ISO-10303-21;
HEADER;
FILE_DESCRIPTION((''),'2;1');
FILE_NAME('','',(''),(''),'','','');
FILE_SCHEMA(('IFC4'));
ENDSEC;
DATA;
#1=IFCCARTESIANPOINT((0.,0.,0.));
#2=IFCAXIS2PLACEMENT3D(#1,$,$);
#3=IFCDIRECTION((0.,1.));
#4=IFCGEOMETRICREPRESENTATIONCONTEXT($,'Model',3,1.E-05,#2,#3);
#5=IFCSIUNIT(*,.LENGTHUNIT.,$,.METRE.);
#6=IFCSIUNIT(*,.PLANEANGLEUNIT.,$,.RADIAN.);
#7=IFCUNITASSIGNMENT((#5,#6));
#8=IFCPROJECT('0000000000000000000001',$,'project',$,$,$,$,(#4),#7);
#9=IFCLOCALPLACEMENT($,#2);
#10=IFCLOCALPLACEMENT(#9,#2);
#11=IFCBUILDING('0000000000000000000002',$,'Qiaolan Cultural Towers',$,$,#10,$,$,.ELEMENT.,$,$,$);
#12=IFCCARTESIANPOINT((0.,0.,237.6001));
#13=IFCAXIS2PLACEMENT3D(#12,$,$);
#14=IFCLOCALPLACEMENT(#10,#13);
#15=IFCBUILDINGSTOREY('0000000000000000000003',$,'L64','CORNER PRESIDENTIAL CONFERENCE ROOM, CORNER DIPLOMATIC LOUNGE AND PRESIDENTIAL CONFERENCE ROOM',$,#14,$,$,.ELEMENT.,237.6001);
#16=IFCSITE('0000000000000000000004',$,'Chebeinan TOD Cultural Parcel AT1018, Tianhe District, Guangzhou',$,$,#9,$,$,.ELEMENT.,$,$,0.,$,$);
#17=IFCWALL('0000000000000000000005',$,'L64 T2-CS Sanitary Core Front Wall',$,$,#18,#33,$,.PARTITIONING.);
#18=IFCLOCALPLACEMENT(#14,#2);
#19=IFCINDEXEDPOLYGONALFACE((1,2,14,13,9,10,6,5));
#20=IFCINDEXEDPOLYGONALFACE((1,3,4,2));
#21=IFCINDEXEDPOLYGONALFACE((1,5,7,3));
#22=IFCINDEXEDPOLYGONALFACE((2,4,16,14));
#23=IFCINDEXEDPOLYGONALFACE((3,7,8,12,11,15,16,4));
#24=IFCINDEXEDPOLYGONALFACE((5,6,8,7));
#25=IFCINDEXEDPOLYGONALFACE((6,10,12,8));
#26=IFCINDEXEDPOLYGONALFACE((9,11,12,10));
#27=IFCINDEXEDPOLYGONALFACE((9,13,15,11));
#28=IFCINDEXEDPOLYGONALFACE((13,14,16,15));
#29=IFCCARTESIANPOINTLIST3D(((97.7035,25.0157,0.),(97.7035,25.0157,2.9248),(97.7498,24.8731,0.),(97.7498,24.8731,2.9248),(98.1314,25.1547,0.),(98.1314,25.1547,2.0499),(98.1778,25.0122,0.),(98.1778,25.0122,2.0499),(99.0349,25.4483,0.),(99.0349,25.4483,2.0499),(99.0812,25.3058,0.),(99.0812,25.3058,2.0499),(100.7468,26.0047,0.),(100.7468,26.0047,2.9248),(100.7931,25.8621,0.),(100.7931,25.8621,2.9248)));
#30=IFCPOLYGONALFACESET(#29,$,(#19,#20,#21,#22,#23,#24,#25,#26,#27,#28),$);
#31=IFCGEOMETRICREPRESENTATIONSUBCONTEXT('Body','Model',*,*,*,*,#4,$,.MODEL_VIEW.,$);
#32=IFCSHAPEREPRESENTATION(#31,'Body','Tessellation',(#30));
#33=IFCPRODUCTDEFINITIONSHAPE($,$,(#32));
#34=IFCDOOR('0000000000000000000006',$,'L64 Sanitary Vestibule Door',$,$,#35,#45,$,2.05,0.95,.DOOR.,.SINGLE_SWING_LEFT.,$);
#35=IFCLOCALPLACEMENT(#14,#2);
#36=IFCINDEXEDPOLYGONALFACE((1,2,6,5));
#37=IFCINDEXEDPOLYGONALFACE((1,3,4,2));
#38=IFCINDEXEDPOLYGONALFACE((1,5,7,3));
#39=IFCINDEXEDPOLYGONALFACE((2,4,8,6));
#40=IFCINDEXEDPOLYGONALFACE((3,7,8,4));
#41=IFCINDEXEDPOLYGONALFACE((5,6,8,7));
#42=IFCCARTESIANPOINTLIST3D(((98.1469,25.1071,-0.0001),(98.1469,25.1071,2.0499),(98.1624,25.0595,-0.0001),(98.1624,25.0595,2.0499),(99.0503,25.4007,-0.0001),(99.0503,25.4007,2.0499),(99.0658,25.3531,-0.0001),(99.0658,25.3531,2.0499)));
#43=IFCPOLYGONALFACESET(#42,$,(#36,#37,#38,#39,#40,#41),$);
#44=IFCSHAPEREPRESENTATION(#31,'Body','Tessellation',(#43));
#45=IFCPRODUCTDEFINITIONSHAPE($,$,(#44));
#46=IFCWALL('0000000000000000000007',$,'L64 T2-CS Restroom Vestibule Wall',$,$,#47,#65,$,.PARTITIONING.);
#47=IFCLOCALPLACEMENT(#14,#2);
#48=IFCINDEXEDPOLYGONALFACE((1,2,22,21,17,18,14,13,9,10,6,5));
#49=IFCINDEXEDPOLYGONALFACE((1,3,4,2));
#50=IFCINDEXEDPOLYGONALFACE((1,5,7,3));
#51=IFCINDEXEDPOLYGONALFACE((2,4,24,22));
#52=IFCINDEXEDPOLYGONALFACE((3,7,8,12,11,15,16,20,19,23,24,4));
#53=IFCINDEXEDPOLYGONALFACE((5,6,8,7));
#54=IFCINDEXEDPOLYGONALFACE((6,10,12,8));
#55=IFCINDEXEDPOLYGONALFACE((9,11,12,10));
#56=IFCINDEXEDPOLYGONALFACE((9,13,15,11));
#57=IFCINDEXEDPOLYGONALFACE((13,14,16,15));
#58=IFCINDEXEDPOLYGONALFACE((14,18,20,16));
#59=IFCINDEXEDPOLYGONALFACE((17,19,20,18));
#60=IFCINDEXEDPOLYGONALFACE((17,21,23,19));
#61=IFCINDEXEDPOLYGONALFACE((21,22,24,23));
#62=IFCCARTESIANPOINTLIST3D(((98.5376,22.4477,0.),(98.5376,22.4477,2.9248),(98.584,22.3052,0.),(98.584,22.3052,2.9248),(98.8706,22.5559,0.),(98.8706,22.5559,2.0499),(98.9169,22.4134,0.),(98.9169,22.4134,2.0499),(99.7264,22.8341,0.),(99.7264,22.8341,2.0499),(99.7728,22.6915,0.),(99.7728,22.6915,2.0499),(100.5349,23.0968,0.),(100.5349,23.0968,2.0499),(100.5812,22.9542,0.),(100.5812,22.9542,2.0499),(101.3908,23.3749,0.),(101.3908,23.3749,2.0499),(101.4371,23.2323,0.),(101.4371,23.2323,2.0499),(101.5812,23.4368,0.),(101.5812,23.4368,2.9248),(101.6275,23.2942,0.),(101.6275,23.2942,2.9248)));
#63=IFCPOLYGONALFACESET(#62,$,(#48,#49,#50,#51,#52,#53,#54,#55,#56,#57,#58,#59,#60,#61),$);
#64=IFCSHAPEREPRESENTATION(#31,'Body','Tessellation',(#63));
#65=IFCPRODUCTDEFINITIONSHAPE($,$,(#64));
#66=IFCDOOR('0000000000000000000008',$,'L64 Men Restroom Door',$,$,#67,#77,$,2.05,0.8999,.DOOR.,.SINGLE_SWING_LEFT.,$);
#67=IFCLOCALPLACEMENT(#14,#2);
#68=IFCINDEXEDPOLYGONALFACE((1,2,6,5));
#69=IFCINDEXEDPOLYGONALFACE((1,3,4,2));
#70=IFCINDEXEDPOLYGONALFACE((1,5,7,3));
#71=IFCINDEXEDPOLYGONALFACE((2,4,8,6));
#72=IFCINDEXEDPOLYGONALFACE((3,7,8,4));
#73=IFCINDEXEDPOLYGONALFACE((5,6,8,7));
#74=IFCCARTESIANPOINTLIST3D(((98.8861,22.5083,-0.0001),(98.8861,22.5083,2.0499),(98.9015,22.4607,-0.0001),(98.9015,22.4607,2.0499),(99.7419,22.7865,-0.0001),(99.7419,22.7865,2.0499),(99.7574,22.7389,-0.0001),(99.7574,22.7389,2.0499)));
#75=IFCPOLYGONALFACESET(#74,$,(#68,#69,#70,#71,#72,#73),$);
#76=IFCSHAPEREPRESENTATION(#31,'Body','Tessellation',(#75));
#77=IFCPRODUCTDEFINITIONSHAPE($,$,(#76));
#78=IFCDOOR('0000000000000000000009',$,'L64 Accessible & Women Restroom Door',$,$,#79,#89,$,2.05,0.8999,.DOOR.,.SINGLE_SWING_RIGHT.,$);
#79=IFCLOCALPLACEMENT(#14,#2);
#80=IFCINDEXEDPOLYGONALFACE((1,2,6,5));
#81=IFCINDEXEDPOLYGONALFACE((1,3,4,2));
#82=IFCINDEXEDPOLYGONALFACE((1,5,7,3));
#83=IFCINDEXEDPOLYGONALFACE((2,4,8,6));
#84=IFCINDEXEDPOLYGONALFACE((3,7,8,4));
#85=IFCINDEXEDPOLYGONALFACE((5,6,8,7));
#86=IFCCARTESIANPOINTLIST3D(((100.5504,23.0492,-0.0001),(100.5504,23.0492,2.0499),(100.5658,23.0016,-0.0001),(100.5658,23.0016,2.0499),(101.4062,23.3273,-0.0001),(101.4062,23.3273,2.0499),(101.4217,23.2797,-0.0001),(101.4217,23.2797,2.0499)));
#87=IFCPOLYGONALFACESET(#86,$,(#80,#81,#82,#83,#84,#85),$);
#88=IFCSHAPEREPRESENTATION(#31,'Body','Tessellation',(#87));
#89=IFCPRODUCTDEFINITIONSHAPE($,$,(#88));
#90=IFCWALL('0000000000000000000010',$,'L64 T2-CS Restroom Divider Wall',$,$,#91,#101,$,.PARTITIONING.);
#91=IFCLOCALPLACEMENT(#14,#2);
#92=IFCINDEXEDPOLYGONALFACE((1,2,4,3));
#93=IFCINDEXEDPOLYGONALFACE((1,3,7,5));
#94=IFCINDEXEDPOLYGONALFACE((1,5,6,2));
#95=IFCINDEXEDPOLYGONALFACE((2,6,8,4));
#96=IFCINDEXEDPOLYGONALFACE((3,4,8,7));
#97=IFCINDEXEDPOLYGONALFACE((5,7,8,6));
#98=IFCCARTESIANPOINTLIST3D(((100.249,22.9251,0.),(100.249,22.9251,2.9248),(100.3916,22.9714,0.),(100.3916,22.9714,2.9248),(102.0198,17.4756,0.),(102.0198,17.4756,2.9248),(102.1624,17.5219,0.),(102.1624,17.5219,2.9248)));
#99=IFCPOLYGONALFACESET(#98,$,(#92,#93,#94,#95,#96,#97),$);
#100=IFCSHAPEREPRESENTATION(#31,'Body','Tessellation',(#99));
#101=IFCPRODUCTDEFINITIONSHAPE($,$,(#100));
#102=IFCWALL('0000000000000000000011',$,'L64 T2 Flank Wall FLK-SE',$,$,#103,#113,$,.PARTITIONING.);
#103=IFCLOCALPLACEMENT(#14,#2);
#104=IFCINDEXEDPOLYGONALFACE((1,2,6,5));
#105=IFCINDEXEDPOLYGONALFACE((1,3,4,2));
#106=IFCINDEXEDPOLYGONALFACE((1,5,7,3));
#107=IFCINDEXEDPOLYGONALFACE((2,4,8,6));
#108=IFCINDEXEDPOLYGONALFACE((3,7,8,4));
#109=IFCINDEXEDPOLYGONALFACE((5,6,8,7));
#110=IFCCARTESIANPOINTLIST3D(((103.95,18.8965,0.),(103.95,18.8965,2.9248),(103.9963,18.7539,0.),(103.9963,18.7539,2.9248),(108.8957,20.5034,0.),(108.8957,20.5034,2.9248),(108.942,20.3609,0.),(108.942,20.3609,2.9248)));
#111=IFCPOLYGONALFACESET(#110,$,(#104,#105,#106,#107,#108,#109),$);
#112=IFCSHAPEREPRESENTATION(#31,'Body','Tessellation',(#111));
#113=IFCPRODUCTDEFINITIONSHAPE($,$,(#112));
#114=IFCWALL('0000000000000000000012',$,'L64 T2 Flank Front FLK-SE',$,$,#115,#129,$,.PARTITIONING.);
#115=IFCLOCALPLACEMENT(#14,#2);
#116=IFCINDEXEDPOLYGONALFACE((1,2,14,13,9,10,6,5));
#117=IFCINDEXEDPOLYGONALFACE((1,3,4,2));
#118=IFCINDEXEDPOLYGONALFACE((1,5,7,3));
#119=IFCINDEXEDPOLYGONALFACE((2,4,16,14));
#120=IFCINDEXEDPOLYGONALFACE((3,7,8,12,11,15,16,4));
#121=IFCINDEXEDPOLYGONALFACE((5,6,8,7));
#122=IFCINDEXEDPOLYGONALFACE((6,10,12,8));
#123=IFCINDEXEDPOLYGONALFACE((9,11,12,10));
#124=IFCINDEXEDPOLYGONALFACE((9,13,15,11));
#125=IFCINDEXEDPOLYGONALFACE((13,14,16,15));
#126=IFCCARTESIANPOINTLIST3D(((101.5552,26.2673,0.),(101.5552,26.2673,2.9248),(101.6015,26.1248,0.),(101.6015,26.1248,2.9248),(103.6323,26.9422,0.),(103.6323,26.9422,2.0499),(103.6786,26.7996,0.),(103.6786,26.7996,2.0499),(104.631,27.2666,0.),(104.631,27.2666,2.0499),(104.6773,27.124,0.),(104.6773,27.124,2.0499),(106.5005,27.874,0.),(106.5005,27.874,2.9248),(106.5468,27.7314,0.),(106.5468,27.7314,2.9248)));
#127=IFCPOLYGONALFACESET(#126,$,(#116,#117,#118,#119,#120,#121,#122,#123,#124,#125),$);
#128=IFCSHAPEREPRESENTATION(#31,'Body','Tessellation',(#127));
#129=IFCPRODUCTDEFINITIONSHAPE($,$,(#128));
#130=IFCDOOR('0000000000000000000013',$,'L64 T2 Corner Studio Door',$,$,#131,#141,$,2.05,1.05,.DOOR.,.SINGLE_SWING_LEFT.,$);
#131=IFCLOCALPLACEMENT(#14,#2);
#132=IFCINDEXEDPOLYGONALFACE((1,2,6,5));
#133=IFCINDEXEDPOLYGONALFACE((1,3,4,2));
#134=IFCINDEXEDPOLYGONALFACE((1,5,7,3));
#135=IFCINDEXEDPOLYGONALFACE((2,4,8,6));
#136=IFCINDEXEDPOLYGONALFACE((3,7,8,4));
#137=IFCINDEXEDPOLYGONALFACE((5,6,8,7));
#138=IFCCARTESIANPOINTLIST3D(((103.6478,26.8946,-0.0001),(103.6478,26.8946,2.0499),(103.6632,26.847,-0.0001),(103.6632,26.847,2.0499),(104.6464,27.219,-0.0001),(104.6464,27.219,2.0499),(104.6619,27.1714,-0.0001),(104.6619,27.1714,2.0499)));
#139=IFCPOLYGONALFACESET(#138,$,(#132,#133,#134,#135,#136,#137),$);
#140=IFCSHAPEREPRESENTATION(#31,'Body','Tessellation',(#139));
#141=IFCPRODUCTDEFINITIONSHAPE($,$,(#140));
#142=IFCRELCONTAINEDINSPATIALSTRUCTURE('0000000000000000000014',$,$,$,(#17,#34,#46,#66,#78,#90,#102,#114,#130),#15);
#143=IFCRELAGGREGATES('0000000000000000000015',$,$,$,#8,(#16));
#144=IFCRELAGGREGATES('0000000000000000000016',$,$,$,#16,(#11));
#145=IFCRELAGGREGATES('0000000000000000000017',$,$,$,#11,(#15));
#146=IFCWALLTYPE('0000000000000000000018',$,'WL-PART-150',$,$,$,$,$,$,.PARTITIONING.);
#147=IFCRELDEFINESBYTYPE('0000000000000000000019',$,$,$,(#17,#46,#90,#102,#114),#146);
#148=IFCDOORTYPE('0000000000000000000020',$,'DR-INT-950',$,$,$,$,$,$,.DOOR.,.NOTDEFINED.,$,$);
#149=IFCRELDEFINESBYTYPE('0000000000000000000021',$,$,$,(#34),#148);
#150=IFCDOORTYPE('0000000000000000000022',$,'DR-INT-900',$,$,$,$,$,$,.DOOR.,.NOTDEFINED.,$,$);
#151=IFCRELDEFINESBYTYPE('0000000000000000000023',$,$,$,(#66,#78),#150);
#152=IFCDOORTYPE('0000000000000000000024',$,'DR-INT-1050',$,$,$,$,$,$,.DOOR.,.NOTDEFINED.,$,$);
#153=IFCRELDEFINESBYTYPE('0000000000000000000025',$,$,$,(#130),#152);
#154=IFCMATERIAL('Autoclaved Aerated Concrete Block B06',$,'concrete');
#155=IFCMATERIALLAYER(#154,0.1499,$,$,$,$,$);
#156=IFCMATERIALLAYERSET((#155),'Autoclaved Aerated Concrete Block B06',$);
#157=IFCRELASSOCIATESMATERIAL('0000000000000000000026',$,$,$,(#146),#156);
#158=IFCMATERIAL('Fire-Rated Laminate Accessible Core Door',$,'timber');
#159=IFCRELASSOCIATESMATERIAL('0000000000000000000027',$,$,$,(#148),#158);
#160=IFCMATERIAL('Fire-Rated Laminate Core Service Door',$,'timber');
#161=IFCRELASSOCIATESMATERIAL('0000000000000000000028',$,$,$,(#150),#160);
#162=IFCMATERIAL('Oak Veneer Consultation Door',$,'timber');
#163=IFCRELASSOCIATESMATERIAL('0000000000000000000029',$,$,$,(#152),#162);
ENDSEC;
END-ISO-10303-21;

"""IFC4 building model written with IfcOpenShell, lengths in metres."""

from ifc_helpers import new_model, si_unit, direction, frame, frame_2d, origin, place, context, subcontext, project, spatial, rectangle, extrude, material, layer, layer_set, type_object, element, fill, save


model = new_model("IFC4")

# Units and contexts
model_context = context("Model", 3, precision=1e-05, world=origin(), true_north=direction((0.0, 1.0)))
body_context = subcontext(model_context, "Body", "Model", "MODEL_VIEW")
ifc_project = project(units=[si_unit("LENGTHUNIT", "METRE"), si_unit("PLANEANGLEUNIT", "RADIAN")], contexts=[model_context])

# Site, building, storey
site_placement = place(None, origin())
site = spatial("IfcSite", under=ifc_project, at=site_placement, Name="Chebeinan TOD Cultural Parcel AT1018, Tianhe District, Guangzhou", CompositionType="ELEMENT", RefElevation=0.0)
building_placement = place(site_placement, origin())
building = spatial("IfcBuilding", under=site, at=building_placement, Name="Qiaolan Cultural Towers", CompositionType="ELEMENT")
storey_placement = place(building_placement, frame((0.0, 0.0, 237.6001)))
storey = spatial("IfcBuildingStorey", under=building, at=storey_placement, Name="L64", Description="CORNER PRESIDENTIAL CONFERENCE ROOM, CORNER DIPLOMATIC LOUNGE AND PRESIDENTIAL CONFERENCE ROOM", CompositionType="ELEMENT", Elevation=237.6001)

# Shared definitions
ifc_material_1 = material(Name="Autoclaved Aerated Concrete Block B06", Category="concrete")
ifc_layer_1 = layer(ifc_material_1, 0.1499)
ifc_layer_set_1 = layer_set([ifc_layer_1], Name="Autoclaved Aerated Concrete Block B06")
wall_type_1 = type_object("IfcWallType", Name="WL-PART-150", PredefinedType="PARTITIONING", material=ifc_layer_set_1)
ifc_material_2 = material(Name="Fire-Rated Laminate Accessible Core Door", Category="timber")
door_type_1 = type_object("IfcDoorType", Name="DR-INT-950", OperationType="NOTDEFINED", PredefinedType="DOOR", material=ifc_material_2)

# Wall, opening, door
wall_1_placement = place(storey_placement, frame((97.7266, 24.9443, 0.0), z_axis=(0.0, 0.0, 1.0), x_axis=(0.951037, 0.309077, 0.0)))
wall_1 = element("IfcWall", 1, at=wall_1_placement, inside=storey, type_object=wall_type_1, Name="L64 T2-CS Sanitary Core Front Wall", PredefinedType="PARTITIONING", context=body_context, shape_type="SweptSolid", body=[
    extrude(rectangle(XDim=3.2, YDim=0.1499, at=frame_2d((1.6001, 0.0))), origin(), (0.0, 0.0, 1.0), 2.9248),
])
opening_1_placement = place(wall_1_placement, frame((0.45, 0.0, 0.0)))
opening_1 = element("IfcOpeningElement", 2, at=opening_1_placement, cuts=wall_1, PredefinedType="OPENING", context=body_context, shape_type="SweptSolid", body=[
    extrude(rectangle(XDim=0.95, YDim=2.05, at=frame_2d((0.4751, 1.0249))), frame((0.0, 0.085, 0.0), z_axis=(0.0, -1.0, 0.0), x_axis=(1.0, 0.0, 0.0)), (0.0, 0.0, 1.0), 0.1699),
])
door_1_placement = place(opening_1_placement, origin())
door_1 = element("IfcDoor", 3, at=door_1_placement, inside=storey, type_object=door_type_1, Name="L64 Sanitary Vestibule Door", OperationType="SINGLE_SWING_LEFT", OverallHeight=2.05, OverallWidth=0.95, PredefinedType="DOOR", context=body_context, shape_type="SweptSolid", body=[
    extrude(rectangle(XDim=0.95, YDim=2.05, at=frame_2d((0.4751, 1.0249))), frame((0.0, 0.0249, 0.0), z_axis=(0.0, -1.0, 0.0), x_axis=(1.0, 0.0, 0.0)), (0.0, 0.0, 1.0), 0.05),
])
fill(opening_1, door_1)

# Wall, openings, doors
wall_2_placement = place(storey_placement, frame((98.5608, 22.3765, 0.0), z_axis=(0.0, 0.0, 1.0), x_axis=(0.951044, 0.309055, 0.0)))
wall_2 = element("IfcWall", 4, at=wall_2_placement, inside=storey, type_object=wall_type_1, Name="L64 T2-CS Restroom Vestibule Wall", PredefinedType="PARTITIONING", context=body_context, shape_type="SweptSolid", body=[
    extrude(rectangle(XDim=3.2002, YDim=0.1499, at=frame_2d((1.6001, 0.0))), origin(), (0.0, 0.0, 1.0), 2.9248),
])
opening_2_placement = place(wall_2_placement, frame((0.3501, 0.0, 0.0)))
opening_2 = element("IfcOpeningElement", 5, at=opening_2_placement, cuts=wall_2, PredefinedType="OPENING", context=body_context, shape_type="SweptSolid", body=[
    extrude(rectangle(XDim=0.8999, YDim=2.05, at=frame_2d((0.45, 1.0249))), frame((0.0, 0.085, 0.0), z_axis=(0.0, -1.0, 0.0), x_axis=(1.0, 0.0, 0.0)), (0.0, 0.0, 1.0), 0.1699),
])
opening_3_placement = place(wall_2_placement, frame((2.1001, 0.0, 0.0)))
opening_3 = element("IfcOpeningElement", 6, at=opening_3_placement, cuts=wall_2, PredefinedType="OPENING", context=body_context, shape_type="SweptSolid", body=[
    extrude(rectangle(XDim=0.8999, YDim=2.05, at=frame_2d((0.45, 1.0249))), frame((0.0, 0.085, 0.0), z_axis=(0.0, -1.0, 0.0), x_axis=(1.0, 0.0, 0.0)), (0.0, 0.0, 1.0), 0.1699),
])
ifc_material_3 = material(Name="Fire-Rated Laminate Core Service Door", Category="timber")
door_type_2 = type_object("IfcDoorType", Name="DR-INT-900", OperationType="NOTDEFINED", PredefinedType="DOOR", material=ifc_material_3)
door_2_placement = place(opening_2_placement, origin())
door_2 = element("IfcDoor", 7, at=door_2_placement, inside=storey, type_object=door_type_2, Name="L64 Men Restroom Door", OperationType="SINGLE_SWING_LEFT", OverallHeight=2.05, OverallWidth=0.8999, PredefinedType="DOOR", context=body_context, shape_type="SweptSolid", body=[
    extrude(rectangle(XDim=0.8999, YDim=2.05, at=frame_2d((0.45, 1.0249))), frame((0.0, 0.0249, 0.0), z_axis=(0.0, -1.0, 0.0), x_axis=(1.0, 0.0, 0.0)), (0.0, 0.0, 1.0), 0.05),
])
fill(opening_2, door_2)
door_3_placement = place(opening_3_placement, origin())
door_3 = element("IfcDoor", 8, at=door_3_placement, inside=storey, type_object=door_type_2, Name="L64 Accessible & Women Restroom Door", OperationType="SINGLE_SWING_RIGHT", OverallHeight=2.05, OverallWidth=0.8999, PredefinedType="DOOR", context=body_context, shape_type="SweptSolid", body=[
    extrude(rectangle(XDim=0.8999, YDim=2.05, at=frame_2d((0.45, 1.0249))), frame((0.0, 0.0249, 0.0), z_axis=(0.0, -1.0, 0.0), x_axis=(1.0, 0.0, 0.0)), (0.0, 0.0, 1.0), 0.05),
])
fill(opening_3, door_3)

# Walls
wall_3_placement = place(storey_placement, frame((100.3203, 22.9482, 0.0), z_axis=(0.0, 0.0, 1.0), x_axis=(0.309035, -0.951051, 0.0)))
element("IfcWall", 9, at=wall_3_placement, inside=storey, type_object=wall_type_1, Name="L64 T2-CS Restroom Divider Wall", PredefinedType="PARTITIONING", context=body_context, shape_type="SweptSolid", body=[
    extrude(rectangle(XDim=5.73, YDim=0.1499, at=frame_2d((2.865, 0.0))), origin(), (0.0, 0.0, 1.0), 2.9248),
])
wall_4_placement = place(storey_placement, frame((103.9731, 18.8252, 0.0), z_axis=(0.0, 0.0, 1.0), x_axis=(0.951055, 0.309021, 0.0)))
element("IfcWall", 10, at=wall_4_placement, inside=storey, type_object=wall_type_1, Name="L64 T2 Flank Wall FLK-SE", PredefinedType="PARTITIONING", context=body_context, shape_type="SweptSolid", body=[
    extrude(rectangle(XDim=5.2002, YDim=0.1499, at=frame_2d((2.6001, 0.0))), origin(), (0.0, 0.0, 1.0), 2.9248),
])

# Wall, opening, door
wall_5_placement = place(storey_placement, frame((101.5784, 26.196, 0.0), z_axis=(0.0, 0.0, 1.0), x_axis=(0.951064, 0.308993, 0.0)))
wall_5 = element("IfcWall", 11, at=wall_5_placement, inside=storey, type_object=wall_type_1, Name="L64 T2 Flank Front FLK-SE", PredefinedType="PARTITIONING", context=body_context, shape_type="SweptSolid", body=[
    extrude(rectangle(XDim=5.1997, YDim=0.1499, at=frame_2d((2.5999, 0.0))), origin(), (0.0, 0.0, 1.0), 2.9248),
])
opening_4_placement = place(wall_5_placement, frame((2.1841, 0.0, 0.0)))
opening_4 = element("IfcOpeningElement", 12, at=opening_4_placement, cuts=wall_5, PredefinedType="OPENING", context=body_context, shape_type="SweptSolid", body=[
    extrude(rectangle(XDim=1.05, YDim=2.05, at=frame_2d((0.5249, 1.0249))), frame((0.0, 0.085, 0.0), z_axis=(0.0, -1.0, 0.0), x_axis=(1.0, 0.0, 0.0)), (0.0, 0.0, 1.0), 0.1699),
])
ifc_material_4 = material(Name="Oak Veneer Consultation Door", Category="timber")
door_type_3 = type_object("IfcDoorType", Name="DR-INT-1050", OperationType="NOTDEFINED", PredefinedType="DOOR", material=ifc_material_4)
door_4_placement = place(opening_4_placement, origin())
door_4 = element("IfcDoor", 13, at=door_4_placement, inside=storey, type_object=door_type_3, Name="L64 T2 Corner Studio Door", OperationType="SINGLE_SWING_LEFT", OverallHeight=2.05, OverallWidth=1.05, PredefinedType="DOOR", context=body_context, shape_type="SweptSolid", body=[
    extrude(rectangle(XDim=1.05, YDim=2.05, at=frame_2d((0.5249, 1.0249))), frame((0.0, 0.0249, 0.0), z_axis=(0.0, -1.0, 0.0), x_axis=(1.0, 0.0, 0.0)), (0.0, 0.0, 1.0), 0.05),
])
fill(opening_4, door_4)

save(model, "model.ifc")
